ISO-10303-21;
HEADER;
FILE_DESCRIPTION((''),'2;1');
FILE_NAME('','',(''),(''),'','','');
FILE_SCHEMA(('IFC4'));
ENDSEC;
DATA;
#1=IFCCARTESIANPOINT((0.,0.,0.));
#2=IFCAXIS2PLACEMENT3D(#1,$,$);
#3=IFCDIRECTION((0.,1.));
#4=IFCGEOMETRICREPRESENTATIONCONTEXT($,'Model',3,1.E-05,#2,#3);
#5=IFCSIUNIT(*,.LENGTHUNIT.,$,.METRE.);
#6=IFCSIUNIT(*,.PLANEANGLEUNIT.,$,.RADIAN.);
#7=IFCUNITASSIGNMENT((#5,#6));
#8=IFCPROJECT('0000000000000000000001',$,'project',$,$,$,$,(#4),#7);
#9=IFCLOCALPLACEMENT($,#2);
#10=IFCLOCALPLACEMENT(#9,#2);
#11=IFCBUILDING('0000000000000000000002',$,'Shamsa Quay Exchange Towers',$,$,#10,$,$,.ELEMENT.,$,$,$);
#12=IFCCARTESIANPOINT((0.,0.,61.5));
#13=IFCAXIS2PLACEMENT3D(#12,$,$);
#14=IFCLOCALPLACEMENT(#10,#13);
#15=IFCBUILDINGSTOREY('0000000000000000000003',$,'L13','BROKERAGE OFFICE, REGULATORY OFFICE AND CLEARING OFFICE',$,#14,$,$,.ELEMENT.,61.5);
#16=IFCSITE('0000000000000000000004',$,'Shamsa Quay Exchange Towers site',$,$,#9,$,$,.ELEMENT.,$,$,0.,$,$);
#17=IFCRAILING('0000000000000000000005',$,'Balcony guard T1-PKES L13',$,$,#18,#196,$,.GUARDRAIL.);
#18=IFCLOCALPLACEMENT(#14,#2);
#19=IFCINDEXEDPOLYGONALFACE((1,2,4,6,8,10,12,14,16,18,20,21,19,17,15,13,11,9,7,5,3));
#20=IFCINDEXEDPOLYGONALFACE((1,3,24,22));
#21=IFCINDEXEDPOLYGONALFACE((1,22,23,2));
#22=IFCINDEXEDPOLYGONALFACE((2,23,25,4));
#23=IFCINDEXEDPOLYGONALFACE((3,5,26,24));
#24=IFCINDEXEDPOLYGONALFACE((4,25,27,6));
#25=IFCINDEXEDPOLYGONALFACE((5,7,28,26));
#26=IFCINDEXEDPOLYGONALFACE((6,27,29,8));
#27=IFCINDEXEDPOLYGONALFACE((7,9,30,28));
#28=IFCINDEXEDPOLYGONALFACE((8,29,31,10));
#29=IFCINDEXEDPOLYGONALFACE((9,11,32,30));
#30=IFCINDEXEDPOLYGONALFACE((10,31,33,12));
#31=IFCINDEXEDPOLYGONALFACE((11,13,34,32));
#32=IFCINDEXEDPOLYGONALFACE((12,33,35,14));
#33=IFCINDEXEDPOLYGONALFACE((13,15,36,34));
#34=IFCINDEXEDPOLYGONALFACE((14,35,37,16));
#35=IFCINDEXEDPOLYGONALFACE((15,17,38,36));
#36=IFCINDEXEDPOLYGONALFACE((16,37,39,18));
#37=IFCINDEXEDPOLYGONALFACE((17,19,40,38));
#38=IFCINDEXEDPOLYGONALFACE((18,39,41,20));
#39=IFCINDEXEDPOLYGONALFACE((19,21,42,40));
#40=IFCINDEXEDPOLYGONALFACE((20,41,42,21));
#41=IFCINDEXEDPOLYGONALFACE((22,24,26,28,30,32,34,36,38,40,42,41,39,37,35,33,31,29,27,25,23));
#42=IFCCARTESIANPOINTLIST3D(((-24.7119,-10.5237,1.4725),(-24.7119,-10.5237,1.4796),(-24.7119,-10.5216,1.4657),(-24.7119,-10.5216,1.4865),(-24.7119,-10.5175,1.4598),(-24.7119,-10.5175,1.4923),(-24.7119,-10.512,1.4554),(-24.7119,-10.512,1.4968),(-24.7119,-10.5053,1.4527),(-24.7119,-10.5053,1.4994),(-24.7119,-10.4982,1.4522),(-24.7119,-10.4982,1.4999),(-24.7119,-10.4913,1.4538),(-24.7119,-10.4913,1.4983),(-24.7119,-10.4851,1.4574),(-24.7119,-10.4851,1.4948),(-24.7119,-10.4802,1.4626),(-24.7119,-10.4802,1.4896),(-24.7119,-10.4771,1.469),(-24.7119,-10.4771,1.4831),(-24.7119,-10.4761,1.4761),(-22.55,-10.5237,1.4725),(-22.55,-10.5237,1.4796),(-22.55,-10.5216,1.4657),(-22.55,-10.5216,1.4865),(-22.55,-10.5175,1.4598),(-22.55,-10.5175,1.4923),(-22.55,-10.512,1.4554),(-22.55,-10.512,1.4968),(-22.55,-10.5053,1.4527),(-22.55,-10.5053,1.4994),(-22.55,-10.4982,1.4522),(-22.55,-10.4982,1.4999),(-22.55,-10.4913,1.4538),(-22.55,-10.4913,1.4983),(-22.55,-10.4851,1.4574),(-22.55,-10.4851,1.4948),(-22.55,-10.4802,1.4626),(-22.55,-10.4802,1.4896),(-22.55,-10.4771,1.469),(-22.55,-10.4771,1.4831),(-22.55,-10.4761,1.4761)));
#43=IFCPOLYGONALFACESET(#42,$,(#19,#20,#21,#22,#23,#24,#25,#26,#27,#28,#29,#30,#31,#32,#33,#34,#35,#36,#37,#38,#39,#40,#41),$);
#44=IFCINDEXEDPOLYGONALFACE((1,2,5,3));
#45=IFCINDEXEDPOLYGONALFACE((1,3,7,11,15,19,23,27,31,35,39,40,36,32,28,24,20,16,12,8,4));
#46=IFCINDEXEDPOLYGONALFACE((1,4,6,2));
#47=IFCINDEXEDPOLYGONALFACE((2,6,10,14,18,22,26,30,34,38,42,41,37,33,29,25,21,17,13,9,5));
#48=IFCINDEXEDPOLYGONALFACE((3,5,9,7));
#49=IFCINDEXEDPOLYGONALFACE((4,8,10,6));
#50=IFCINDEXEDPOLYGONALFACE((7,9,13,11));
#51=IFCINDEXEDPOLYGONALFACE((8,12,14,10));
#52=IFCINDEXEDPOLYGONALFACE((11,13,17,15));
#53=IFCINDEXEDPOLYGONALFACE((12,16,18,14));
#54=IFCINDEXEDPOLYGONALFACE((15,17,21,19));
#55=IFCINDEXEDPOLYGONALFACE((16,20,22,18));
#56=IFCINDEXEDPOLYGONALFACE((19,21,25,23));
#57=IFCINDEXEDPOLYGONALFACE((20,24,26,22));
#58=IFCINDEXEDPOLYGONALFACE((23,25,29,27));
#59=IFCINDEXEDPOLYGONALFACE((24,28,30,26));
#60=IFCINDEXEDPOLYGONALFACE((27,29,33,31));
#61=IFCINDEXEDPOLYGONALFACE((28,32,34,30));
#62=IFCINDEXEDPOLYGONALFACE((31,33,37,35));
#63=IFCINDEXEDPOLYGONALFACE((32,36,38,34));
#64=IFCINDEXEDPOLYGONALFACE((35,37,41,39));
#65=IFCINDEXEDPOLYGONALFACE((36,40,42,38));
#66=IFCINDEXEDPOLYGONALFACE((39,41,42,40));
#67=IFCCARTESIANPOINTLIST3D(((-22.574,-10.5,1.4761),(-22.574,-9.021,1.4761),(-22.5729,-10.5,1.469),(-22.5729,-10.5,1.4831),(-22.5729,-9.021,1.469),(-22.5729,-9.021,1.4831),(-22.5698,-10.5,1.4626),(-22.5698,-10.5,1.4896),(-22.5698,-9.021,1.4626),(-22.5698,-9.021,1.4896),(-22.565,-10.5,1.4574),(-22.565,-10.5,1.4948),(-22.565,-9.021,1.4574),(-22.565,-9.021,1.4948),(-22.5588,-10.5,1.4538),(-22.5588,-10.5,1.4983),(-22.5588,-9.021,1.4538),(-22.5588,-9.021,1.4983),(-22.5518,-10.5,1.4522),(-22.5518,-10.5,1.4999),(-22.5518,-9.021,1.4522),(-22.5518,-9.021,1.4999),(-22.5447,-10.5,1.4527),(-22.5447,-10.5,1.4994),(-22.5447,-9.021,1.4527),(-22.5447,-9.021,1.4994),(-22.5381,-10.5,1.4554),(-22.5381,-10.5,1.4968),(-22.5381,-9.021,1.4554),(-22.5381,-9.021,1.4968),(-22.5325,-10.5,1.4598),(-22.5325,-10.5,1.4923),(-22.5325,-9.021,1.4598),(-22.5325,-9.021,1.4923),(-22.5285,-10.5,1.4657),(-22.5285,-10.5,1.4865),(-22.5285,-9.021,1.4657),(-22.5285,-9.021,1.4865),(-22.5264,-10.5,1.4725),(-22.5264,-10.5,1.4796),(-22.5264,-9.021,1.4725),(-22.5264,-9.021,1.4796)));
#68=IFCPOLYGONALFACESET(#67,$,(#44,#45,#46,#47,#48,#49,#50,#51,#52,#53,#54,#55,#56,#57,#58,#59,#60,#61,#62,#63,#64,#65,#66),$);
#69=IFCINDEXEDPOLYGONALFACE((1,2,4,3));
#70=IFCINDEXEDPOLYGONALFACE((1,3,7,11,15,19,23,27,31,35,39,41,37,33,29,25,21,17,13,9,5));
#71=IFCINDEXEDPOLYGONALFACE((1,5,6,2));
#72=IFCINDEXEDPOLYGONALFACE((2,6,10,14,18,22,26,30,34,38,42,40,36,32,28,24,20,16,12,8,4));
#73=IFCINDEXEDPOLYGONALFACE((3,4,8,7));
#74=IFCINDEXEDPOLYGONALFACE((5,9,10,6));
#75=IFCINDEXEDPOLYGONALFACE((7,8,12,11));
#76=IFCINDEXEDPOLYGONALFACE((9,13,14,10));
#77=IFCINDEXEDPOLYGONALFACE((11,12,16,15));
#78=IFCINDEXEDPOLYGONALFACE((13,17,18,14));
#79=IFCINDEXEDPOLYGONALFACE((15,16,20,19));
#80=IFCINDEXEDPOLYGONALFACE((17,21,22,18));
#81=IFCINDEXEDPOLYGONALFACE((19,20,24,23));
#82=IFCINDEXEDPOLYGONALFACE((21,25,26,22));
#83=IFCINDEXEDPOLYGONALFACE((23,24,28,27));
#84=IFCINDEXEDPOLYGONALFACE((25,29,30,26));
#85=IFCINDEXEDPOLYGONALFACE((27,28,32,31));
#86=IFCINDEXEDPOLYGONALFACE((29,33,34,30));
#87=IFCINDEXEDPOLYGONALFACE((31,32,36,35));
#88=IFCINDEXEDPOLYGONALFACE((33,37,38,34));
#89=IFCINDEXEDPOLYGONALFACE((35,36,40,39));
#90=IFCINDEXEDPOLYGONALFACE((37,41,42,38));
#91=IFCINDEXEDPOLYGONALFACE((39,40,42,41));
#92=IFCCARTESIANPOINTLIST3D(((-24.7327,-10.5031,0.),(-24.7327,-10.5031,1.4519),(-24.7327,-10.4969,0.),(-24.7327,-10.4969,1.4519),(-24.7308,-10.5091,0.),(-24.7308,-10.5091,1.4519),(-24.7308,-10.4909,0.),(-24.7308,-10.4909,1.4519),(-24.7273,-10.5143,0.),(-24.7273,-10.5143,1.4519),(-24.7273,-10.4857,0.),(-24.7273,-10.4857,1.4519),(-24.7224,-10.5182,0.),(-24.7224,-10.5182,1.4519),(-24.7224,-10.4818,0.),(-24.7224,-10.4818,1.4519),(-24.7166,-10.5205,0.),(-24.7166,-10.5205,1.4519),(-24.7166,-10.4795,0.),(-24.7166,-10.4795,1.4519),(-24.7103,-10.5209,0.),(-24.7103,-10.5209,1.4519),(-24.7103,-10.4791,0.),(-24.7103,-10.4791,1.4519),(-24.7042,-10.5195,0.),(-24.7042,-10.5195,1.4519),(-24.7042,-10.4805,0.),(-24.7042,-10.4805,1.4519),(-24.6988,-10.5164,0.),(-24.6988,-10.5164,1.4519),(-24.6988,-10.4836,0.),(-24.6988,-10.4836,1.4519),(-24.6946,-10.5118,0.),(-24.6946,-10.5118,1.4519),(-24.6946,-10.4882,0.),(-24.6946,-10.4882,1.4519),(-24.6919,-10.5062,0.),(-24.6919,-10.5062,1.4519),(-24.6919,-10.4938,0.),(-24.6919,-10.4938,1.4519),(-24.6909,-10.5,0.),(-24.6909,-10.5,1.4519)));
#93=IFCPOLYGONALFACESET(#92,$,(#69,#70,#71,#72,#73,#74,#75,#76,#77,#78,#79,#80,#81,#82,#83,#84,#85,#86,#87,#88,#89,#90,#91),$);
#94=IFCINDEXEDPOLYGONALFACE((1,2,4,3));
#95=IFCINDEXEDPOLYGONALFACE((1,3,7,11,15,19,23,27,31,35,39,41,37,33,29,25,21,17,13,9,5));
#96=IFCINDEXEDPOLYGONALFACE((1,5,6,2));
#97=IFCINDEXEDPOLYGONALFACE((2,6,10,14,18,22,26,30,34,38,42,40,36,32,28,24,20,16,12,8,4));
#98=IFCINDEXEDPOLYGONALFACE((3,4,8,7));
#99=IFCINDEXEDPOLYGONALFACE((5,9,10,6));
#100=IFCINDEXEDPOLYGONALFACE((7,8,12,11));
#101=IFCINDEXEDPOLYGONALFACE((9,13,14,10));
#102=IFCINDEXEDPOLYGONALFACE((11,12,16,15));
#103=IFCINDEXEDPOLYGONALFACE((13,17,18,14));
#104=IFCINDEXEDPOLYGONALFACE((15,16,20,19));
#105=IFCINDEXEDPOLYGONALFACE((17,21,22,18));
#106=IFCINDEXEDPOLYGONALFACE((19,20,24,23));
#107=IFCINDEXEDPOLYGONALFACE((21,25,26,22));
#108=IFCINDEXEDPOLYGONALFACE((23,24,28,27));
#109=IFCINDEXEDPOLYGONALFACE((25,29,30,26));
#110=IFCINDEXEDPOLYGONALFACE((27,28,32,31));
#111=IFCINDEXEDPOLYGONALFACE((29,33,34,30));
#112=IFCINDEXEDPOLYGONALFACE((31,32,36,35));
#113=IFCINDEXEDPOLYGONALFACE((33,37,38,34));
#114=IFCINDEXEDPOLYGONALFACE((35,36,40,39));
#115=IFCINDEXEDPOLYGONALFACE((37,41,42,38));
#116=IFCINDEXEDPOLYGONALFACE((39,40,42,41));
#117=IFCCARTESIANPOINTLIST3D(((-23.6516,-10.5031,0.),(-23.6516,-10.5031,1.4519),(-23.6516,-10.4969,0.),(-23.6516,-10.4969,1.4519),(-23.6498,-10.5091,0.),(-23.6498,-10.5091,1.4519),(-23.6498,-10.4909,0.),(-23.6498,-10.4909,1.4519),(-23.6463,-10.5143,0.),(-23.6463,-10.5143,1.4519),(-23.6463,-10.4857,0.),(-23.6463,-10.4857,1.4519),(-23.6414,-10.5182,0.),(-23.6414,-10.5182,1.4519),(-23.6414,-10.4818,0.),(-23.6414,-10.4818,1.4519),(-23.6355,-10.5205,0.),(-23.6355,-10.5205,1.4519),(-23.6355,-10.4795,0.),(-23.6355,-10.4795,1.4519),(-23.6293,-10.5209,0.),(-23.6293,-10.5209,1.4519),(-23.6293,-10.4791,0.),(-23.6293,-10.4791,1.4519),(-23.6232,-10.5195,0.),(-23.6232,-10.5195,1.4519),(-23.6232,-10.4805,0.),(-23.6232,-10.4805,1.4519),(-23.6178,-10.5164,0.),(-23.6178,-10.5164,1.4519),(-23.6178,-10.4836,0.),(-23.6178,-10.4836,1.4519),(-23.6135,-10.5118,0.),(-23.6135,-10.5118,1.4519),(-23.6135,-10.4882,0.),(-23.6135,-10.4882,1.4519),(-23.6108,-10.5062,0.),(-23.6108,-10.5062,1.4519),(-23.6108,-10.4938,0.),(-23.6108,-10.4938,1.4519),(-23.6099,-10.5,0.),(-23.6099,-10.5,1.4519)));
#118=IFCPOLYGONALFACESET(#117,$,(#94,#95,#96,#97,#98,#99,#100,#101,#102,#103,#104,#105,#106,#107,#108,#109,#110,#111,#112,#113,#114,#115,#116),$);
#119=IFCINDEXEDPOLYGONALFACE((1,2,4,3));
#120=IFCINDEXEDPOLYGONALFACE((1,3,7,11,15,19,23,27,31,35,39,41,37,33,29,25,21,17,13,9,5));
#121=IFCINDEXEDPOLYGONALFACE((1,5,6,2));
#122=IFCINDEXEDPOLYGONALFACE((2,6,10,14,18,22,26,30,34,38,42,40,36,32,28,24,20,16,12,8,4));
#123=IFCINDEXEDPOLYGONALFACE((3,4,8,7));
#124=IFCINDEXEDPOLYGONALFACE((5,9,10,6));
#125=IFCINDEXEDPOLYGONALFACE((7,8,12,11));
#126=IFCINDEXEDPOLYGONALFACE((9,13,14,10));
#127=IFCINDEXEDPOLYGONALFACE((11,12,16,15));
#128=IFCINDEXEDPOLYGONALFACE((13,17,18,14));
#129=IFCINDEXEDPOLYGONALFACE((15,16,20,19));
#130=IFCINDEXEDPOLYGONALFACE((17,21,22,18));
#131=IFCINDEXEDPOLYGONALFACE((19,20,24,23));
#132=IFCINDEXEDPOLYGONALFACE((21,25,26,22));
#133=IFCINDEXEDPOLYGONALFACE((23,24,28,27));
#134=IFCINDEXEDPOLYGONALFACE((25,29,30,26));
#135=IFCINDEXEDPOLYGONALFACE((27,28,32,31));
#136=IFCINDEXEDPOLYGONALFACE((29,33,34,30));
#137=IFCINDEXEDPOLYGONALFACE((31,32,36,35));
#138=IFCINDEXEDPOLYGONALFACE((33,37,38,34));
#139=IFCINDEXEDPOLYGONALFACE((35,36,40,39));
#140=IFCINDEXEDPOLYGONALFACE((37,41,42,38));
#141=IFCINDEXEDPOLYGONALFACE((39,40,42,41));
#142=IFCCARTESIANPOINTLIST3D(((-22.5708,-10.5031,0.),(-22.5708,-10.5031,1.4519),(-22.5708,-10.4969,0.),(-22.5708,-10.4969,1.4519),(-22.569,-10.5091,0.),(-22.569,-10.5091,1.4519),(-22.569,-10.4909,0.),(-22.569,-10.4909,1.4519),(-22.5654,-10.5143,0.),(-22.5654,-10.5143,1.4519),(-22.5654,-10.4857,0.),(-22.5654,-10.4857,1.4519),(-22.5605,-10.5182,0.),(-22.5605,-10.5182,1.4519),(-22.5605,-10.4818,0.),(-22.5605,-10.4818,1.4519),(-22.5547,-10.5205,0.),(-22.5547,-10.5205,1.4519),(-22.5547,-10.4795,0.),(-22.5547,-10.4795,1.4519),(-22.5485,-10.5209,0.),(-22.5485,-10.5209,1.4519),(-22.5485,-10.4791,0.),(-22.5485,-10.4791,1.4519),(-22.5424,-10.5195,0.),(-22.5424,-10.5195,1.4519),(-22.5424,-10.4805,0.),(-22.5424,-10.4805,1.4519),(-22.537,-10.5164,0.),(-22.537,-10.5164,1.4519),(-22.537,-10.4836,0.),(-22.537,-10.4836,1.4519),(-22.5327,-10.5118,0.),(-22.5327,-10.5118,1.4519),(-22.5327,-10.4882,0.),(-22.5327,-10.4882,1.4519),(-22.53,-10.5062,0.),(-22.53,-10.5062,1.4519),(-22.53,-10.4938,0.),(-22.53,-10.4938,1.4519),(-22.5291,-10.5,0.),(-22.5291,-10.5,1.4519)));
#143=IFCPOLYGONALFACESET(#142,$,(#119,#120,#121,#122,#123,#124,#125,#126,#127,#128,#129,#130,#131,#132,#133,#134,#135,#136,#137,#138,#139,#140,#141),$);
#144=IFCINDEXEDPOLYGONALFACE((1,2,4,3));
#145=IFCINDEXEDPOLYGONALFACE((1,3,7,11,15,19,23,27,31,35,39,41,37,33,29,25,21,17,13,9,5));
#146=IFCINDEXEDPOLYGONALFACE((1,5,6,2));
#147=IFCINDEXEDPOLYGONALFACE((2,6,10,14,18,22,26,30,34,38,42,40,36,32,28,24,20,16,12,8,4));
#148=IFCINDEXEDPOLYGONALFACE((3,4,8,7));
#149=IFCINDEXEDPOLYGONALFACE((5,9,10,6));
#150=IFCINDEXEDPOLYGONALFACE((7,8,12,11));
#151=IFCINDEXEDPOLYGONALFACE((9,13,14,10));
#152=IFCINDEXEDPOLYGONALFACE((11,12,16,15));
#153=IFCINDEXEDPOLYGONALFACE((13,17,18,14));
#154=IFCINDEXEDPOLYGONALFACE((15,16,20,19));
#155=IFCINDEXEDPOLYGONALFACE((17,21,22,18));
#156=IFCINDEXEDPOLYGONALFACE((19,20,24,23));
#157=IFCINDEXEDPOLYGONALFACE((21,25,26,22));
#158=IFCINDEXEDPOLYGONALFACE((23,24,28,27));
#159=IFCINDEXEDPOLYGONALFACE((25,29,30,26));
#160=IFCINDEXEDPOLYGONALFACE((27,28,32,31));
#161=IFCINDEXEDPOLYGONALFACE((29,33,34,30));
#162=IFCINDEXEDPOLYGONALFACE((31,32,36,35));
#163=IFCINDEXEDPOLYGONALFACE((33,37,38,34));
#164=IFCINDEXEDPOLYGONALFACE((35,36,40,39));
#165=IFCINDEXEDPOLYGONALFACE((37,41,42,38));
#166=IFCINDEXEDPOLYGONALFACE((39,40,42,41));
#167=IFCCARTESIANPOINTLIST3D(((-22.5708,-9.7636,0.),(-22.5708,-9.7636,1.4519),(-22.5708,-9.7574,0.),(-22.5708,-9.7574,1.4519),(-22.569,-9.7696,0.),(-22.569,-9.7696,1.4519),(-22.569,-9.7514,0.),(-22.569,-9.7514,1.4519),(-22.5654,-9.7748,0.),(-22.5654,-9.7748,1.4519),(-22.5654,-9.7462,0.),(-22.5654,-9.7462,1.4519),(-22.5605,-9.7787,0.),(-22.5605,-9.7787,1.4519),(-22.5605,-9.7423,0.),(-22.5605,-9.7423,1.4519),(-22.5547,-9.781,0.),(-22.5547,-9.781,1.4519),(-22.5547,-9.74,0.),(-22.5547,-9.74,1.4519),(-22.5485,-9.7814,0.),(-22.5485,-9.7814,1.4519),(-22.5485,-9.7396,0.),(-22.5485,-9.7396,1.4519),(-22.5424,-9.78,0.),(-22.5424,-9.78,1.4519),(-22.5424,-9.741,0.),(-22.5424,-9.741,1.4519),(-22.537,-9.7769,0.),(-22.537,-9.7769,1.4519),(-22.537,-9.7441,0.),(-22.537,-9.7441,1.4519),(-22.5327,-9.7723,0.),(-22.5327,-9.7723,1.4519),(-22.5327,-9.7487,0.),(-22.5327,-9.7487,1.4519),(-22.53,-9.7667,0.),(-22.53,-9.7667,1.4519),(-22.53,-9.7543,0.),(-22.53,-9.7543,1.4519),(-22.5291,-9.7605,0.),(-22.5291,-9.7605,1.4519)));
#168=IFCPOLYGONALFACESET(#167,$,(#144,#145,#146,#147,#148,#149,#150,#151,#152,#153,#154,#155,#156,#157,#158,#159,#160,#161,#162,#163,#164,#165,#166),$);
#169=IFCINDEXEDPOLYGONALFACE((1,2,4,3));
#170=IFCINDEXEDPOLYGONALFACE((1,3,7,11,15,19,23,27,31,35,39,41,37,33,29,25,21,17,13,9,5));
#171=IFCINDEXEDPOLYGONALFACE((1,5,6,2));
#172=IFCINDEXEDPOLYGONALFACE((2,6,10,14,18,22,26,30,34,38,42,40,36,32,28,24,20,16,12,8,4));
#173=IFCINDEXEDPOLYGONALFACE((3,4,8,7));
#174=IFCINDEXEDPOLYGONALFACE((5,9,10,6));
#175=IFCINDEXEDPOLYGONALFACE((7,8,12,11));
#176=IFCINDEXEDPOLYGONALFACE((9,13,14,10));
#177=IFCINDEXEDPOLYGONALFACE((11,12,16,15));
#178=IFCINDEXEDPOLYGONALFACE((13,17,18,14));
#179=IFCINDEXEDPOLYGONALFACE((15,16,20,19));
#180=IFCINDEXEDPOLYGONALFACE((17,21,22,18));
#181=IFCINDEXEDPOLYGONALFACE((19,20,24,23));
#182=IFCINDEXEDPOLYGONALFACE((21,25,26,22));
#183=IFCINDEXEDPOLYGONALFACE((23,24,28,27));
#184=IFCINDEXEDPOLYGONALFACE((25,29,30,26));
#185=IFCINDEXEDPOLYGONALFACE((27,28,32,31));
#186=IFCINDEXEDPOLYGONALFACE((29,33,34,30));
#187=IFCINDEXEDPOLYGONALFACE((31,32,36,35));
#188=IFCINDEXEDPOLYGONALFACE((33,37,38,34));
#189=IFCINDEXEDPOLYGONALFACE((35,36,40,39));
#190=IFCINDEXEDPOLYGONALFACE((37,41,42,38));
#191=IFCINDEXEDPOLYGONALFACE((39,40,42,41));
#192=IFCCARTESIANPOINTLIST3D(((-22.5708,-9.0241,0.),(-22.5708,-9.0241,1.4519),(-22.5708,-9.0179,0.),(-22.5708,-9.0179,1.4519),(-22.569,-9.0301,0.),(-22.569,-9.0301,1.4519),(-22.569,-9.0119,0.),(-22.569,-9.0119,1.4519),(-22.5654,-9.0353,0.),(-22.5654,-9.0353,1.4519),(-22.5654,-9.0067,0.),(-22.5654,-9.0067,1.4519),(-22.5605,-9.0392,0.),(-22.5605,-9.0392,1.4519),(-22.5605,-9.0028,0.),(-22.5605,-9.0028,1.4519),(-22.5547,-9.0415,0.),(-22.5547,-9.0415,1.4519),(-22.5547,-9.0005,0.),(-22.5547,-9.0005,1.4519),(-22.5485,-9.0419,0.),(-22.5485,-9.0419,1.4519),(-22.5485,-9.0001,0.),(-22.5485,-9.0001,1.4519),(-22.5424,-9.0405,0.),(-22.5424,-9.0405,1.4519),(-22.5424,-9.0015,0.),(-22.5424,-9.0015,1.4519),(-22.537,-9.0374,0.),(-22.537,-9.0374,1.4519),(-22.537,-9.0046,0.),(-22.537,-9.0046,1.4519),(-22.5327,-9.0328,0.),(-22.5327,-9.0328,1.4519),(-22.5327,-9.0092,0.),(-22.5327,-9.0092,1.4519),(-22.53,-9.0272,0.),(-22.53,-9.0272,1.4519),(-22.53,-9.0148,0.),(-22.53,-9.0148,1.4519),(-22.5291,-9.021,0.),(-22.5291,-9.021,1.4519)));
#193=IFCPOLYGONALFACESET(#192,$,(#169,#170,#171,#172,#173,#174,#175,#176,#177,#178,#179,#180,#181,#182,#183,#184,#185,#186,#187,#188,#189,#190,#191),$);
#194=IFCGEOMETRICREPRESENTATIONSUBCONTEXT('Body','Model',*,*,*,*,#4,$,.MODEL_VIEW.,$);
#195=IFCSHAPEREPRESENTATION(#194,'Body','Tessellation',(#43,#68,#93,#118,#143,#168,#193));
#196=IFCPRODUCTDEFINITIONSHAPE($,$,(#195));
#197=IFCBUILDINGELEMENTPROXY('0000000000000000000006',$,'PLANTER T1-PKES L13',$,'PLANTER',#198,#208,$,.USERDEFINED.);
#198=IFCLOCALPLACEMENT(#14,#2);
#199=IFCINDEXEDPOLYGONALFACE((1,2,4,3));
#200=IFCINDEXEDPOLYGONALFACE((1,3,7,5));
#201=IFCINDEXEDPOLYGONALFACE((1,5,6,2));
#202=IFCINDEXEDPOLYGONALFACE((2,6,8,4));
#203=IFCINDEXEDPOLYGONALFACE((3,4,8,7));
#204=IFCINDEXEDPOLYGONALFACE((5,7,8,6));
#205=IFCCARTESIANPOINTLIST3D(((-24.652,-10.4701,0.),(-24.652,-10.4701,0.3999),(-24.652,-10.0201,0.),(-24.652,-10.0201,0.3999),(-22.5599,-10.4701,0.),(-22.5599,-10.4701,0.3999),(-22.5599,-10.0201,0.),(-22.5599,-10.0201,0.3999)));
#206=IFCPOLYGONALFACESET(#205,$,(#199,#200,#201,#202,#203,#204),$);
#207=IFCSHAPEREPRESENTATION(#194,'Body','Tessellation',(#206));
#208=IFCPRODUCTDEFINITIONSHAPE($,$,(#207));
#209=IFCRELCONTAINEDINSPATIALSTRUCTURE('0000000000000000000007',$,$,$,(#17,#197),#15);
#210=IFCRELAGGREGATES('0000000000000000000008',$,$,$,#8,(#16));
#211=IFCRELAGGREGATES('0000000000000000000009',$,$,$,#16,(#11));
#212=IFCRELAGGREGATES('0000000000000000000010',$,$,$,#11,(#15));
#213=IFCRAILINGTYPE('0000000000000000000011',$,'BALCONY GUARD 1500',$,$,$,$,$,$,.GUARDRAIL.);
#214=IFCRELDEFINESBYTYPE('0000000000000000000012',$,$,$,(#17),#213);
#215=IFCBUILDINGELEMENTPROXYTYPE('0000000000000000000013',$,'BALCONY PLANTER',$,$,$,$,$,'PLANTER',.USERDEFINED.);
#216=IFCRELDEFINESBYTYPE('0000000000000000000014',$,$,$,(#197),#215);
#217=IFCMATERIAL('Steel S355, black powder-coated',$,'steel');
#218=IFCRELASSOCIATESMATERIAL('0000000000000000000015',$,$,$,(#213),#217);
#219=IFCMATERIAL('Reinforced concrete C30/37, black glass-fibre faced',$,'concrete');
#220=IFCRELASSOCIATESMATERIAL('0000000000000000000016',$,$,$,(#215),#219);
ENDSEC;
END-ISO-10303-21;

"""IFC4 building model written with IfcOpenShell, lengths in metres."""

from ifc_helpers import new_model, si_unit, direction, frame, origin, origin_2d, place, context, subcontext, project, spatial, rectangle, circle, extrude, material, type_object, element, save


model = new_model("IFC4")

# Units and contexts
model_context = context("Model", 3, precision=1e-05, world=origin(), true_north=direction((0.0, 1.0)))
body_context = subcontext(model_context, "Body", "Model", "MODEL_VIEW")
ifc_project = project(units=[si_unit("LENGTHUNIT", "METRE"), si_unit("PLANEANGLEUNIT", "RADIAN")], contexts=[model_context])

# Site, building, storey
site_placement = place(None, origin())
site = spatial("IfcSite", under=ifc_project, at=site_placement, Name="Shamsa Quay Exchange Towers site", CompositionType="ELEMENT", RefElevation=0.0)
building_placement = place(site_placement, origin())
building = spatial("IfcBuilding", under=site, at=building_placement, Name="Shamsa Quay Exchange Towers", CompositionType="ELEMENT")
storey_placement = place(building_placement, frame((0.0, 0.0, 61.5)))
storey = spatial("IfcBuildingStorey", under=building, at=storey_placement, Name="L13", Description="BROKERAGE OFFICE, REGULATORY OFFICE AND CLEARING OFFICE", CompositionType="ELEMENT", Elevation=61.5)

# Railing
ifc_material_1 = material(Name="Steel S355, black powder-coated", Category="steel")
railing_type = type_object("IfcRailingType", Name="BALCONY GUARD 1500", PredefinedType="GUARDRAIL", material=ifc_material_1)
railing_placement = place(storey_placement, frame((-24.7119, -10.5, 0.0)))
element("IfcRailing", 1, at=railing_placement, inside=storey, type_object=railing_type, Name="Balcony guard T1-PKES L13", PredefinedType="GUARDRAIL", context=body_context, shape_type="SweptSolid", body=[
    extrude(circle(Radius=0.0239, at=origin_2d()), frame((0.0, 0.0, 1.4761), z_axis=(1.0, 0.0, 0.0), x_axis=(0.0, 1.0, 0.0)), (0.0, 0.0, 1.0), 2.1619),
    extrude(circle(Radius=0.0239, at=origin_2d()), frame((2.1619, 0.0, 1.4761), z_axis=(0.0, 1.0, 0.0), x_axis=(-1.0, 0.0, 0.0)), (0.0, 0.0, 1.0), 1.479),
    extrude(circle(Radius=0.021, at=origin_2d()), origin(), (0.0, 0.0, 1.0), 1.4519),
    extrude(circle(Radius=0.021, at=origin_2d()), frame((1.0811, 0.0, 0.0)), (0.0, 0.0, 1.0), 1.4519),
    extrude(circle(Radius=0.021, at=origin_2d()), frame((2.1619, 0.0, 0.0)), (0.0, 0.0, 1.0), 1.4519),
    extrude(circle(Radius=0.021, at=origin_2d()), frame((2.1619, 0.7395, 0.0)), (0.0, 0.0, 1.0), 1.4519),
    extrude(circle(Radius=0.021, at=origin_2d()), frame((2.1619, 1.479, 0.0)), (0.0, 0.0, 1.0), 1.4519),
])

# Building element proxy
ifc_material_2 = material(Name="Reinforced concrete C30/37, black glass-fibre faced", Category="concrete")
building_element_proxy_type = type_object("IfcBuildingElementProxyType", Name="BALCONY PLANTER", ElementType="PLANTER", PredefinedType="USERDEFINED", material=ifc_material_2)
proxy_placement = place(storey_placement, frame((-23.606, -10.2451, 0.0)))
element("IfcBuildingElementProxy", 2, at=proxy_placement, inside=storey, type_object=building_element_proxy_type, Name="PLANTER T1-PKES L13", ObjectType="PLANTER", PredefinedType="USERDEFINED", context=body_context, shape_type="SweptSolid", body=[
    extrude(rectangle(XDim=2.092, YDim=0.45, at=origin_2d()), origin(), (0.0, 0.0, 1.0), 0.3999),
])

save(model, "model.ifc")
